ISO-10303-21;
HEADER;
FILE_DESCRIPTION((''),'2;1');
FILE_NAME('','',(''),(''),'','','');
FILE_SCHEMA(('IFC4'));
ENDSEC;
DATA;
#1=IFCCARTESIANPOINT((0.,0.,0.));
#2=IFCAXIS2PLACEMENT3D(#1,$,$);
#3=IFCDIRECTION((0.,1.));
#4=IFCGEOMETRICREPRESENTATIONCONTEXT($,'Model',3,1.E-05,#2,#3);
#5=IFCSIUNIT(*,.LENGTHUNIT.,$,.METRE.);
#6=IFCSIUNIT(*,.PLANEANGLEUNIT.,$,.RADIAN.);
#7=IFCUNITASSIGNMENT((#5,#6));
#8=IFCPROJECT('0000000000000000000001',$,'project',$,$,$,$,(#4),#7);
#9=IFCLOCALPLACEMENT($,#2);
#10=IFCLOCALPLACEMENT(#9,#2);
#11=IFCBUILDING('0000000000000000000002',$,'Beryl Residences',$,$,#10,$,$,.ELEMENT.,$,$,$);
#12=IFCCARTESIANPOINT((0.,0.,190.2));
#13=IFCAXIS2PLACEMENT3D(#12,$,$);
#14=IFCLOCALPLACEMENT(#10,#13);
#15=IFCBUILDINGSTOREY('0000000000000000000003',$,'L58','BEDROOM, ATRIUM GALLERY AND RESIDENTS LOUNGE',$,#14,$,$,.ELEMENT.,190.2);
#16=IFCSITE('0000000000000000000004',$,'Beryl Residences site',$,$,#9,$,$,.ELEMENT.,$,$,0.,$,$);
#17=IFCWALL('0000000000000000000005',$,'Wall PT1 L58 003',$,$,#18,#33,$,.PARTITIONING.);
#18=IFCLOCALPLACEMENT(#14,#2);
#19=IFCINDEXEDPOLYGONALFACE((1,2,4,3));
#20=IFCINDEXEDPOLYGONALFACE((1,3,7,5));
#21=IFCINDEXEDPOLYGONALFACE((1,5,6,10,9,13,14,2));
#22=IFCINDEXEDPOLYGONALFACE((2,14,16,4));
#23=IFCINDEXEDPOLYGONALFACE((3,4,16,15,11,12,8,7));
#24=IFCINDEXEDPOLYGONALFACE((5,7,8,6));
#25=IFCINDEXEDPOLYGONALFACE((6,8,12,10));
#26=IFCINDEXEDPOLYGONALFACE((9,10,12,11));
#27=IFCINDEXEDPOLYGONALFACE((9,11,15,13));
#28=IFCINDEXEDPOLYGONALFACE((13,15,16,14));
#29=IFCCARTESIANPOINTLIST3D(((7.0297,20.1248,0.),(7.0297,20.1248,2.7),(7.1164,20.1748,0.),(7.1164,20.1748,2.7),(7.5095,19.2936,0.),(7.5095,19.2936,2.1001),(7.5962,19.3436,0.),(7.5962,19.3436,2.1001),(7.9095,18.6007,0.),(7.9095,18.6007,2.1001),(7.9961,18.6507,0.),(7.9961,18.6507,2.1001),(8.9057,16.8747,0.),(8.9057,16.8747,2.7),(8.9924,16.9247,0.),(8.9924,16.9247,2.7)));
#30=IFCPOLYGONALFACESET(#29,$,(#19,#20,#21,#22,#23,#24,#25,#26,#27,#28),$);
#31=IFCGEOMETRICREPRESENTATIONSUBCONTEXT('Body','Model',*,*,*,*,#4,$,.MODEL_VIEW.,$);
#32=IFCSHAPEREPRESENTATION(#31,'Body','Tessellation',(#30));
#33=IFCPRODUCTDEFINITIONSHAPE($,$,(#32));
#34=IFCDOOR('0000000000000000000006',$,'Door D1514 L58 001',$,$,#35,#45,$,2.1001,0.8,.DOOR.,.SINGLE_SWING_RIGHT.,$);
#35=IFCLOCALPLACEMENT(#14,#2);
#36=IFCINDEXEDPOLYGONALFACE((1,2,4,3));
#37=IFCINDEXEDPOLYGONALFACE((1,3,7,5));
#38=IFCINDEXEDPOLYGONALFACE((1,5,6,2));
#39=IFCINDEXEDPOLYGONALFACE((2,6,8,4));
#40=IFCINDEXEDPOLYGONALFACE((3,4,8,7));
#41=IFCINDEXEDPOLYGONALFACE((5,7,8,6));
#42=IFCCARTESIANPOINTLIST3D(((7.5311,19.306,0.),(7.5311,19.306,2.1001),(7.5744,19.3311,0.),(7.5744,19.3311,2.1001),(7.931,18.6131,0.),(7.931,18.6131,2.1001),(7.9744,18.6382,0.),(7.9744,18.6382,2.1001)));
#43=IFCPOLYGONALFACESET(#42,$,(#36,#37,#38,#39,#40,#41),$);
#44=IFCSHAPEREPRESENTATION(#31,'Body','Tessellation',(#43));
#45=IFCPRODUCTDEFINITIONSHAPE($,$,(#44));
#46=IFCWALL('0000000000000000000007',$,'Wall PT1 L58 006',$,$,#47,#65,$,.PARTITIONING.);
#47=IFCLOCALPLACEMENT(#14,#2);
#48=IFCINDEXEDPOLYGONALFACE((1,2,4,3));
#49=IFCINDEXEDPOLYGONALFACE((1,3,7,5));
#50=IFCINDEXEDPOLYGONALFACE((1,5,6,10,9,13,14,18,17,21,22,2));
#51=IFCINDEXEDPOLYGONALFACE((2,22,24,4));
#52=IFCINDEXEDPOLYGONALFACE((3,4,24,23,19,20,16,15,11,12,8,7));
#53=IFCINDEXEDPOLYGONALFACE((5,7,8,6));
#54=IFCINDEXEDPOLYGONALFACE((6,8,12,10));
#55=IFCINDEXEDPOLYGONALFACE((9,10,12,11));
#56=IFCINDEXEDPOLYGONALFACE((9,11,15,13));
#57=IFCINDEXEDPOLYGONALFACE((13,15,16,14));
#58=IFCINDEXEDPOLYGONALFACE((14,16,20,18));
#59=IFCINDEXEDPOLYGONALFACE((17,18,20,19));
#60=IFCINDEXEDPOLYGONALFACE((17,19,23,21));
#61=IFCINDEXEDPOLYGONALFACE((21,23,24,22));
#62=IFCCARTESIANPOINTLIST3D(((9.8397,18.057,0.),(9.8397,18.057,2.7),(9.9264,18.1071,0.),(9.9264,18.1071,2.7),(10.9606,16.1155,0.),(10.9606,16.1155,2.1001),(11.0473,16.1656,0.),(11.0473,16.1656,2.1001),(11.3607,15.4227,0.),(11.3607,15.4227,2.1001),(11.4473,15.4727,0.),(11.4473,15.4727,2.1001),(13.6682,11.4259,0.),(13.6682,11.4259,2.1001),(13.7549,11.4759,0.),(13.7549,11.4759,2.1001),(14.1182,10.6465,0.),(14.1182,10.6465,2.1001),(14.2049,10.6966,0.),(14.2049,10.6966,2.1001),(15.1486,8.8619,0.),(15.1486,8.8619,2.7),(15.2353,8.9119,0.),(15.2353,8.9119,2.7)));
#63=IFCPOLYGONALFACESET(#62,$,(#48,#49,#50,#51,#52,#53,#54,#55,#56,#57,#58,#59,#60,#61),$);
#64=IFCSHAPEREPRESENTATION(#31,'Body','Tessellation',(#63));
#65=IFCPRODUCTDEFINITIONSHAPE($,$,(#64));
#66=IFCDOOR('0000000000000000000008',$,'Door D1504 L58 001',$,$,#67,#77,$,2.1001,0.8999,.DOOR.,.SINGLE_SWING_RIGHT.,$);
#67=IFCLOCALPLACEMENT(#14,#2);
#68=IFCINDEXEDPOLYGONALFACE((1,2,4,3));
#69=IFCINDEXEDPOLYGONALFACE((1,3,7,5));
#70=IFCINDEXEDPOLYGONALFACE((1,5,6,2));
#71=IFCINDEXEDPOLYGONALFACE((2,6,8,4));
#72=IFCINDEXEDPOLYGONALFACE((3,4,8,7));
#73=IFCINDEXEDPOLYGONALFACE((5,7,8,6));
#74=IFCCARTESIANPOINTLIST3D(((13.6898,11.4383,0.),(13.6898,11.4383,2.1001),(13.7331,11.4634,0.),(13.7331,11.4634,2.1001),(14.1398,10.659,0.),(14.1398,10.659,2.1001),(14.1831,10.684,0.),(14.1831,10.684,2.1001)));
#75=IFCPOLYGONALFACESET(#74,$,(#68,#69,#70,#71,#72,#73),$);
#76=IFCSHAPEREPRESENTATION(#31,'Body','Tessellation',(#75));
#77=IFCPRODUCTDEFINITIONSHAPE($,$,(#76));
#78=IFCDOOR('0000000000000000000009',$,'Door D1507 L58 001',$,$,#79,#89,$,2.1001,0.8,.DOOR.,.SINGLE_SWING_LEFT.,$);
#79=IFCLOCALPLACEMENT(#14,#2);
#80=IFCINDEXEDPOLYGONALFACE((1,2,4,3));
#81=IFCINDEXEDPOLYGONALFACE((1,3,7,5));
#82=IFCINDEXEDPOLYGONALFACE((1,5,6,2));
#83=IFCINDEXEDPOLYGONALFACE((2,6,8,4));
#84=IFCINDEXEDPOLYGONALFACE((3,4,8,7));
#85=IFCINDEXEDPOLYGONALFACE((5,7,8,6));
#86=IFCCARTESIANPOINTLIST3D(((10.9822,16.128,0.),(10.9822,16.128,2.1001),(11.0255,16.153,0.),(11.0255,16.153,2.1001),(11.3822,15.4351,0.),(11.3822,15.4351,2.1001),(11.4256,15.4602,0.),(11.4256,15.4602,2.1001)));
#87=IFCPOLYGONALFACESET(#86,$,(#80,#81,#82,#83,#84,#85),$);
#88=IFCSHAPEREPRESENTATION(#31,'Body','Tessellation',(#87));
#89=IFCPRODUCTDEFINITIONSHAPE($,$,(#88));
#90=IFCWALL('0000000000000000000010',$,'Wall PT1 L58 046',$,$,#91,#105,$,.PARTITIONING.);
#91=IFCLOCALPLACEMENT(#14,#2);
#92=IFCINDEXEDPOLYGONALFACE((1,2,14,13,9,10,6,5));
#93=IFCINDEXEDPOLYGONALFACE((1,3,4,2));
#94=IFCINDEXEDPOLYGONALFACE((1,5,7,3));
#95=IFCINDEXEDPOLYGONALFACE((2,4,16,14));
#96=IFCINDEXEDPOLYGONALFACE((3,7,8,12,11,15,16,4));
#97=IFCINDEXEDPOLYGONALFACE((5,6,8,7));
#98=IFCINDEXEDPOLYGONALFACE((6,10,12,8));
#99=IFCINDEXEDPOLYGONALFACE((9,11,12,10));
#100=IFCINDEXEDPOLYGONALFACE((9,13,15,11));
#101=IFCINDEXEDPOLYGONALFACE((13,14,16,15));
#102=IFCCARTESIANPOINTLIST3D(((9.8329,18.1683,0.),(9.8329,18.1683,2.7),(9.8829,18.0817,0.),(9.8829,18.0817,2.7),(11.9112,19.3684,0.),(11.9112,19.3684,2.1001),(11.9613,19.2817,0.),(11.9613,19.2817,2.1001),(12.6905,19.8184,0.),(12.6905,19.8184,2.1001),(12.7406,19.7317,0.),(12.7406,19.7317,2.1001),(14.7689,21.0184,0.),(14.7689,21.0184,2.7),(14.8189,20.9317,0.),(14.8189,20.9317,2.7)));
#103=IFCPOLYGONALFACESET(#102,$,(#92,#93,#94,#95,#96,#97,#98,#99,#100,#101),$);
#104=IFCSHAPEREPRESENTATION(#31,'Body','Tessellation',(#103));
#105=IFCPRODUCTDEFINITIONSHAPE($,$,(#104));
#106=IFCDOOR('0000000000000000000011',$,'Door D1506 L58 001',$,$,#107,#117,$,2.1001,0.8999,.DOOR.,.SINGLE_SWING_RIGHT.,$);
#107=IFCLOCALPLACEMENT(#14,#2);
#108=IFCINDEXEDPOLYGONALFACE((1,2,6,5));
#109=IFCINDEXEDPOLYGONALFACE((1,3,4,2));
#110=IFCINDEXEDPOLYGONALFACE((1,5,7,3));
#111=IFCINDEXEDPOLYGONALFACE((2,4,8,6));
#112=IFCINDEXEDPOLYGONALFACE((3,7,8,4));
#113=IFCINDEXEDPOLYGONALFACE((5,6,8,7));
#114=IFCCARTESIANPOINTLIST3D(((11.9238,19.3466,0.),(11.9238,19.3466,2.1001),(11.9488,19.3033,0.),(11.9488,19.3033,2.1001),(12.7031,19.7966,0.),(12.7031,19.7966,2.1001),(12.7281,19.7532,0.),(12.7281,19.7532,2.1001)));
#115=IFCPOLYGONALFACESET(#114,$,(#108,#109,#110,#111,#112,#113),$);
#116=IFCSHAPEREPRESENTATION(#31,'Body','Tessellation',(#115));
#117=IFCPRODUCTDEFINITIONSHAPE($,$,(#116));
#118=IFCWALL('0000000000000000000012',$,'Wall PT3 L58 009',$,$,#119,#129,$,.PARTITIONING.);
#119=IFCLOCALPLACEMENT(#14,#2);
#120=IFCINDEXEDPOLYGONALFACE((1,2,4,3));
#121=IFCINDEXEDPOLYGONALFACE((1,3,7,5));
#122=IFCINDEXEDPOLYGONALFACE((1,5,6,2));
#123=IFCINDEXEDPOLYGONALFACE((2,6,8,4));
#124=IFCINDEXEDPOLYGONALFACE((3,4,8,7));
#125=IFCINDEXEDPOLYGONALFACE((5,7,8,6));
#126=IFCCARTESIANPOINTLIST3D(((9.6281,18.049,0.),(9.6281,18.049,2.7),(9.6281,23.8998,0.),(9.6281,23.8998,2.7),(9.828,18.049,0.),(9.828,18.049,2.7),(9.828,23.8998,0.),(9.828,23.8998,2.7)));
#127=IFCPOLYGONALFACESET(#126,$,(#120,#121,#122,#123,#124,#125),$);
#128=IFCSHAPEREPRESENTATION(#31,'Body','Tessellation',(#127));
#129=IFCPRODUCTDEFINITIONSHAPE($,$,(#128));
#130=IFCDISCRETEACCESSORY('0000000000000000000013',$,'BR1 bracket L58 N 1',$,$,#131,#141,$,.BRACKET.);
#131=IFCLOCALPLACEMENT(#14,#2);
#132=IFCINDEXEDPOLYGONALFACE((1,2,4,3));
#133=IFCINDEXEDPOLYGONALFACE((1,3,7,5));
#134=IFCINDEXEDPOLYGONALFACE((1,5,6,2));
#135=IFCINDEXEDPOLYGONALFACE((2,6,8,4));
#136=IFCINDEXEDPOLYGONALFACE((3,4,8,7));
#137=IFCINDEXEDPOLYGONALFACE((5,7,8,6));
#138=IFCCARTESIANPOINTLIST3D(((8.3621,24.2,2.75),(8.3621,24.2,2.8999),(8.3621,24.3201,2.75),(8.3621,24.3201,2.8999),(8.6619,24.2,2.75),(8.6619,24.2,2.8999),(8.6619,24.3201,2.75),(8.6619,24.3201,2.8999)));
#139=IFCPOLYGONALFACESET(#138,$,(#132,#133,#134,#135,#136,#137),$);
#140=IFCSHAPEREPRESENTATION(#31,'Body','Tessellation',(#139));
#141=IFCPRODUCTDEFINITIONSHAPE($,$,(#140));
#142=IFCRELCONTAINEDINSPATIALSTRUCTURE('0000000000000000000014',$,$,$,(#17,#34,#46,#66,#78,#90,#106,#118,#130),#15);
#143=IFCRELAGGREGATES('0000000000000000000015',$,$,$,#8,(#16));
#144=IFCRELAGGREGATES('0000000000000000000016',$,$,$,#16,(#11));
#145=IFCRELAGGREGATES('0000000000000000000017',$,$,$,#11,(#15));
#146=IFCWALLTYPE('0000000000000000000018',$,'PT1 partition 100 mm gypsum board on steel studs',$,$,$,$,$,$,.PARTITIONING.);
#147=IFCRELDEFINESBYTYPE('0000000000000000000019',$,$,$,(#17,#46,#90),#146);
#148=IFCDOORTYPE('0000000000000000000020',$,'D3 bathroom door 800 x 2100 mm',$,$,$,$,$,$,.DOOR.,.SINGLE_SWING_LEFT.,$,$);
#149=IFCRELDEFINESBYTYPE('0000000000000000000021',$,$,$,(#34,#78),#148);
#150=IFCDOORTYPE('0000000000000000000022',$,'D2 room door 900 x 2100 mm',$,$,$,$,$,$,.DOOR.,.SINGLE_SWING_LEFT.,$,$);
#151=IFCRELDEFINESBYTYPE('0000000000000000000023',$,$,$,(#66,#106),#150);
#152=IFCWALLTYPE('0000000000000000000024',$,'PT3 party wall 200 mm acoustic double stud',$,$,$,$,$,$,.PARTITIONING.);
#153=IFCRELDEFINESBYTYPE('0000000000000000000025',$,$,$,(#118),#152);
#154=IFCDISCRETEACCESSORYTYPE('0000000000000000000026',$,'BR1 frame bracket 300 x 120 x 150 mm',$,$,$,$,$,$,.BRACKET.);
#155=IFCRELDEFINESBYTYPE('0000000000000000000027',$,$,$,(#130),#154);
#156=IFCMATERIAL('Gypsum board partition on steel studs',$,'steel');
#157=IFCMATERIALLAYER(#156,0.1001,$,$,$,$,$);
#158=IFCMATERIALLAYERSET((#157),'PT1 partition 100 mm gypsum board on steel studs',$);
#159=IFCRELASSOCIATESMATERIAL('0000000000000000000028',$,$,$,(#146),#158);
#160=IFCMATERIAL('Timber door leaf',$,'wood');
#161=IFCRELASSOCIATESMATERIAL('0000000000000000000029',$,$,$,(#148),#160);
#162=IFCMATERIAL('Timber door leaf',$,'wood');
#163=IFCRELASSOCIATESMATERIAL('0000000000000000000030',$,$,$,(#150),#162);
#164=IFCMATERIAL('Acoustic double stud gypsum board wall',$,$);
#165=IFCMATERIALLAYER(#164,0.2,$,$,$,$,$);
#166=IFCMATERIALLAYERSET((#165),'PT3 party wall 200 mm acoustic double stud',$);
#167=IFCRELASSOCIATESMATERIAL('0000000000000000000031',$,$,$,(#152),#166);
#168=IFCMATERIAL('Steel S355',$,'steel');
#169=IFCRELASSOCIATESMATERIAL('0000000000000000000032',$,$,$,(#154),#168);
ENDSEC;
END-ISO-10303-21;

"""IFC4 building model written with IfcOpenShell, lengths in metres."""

from ifc_helpers import new_model, si_unit, direction, frame, frame_2d, origin, place, context, subcontext, project, spatial, polyline, rectangle, outline, extrude, source, transform, mapped, material, layer, layer_set, type_object, type_shapes, element, fill, save


model = new_model("IFC4")

# Units and contexts
model_context = context("Model", 3, precision=1e-05, world=origin(), true_north=direction((0.0, 1.0)))
body_context = subcontext(model_context, "Body", "Model", "MODEL_VIEW")
ifc_project = project(units=[si_unit("LENGTHUNIT", "METRE"), si_unit("PLANEANGLEUNIT", "RADIAN")], contexts=[model_context])

# Site, building, storey
site_placement = place(None, origin())
site = spatial("IfcSite", under=ifc_project, at=site_placement, Name="Beryl Residences site", CompositionType="ELEMENT", RefElevation=0.0)
building_placement = place(site_placement, origin())
building = spatial("IfcBuilding", under=site, at=building_placement, Name="Beryl Residences", CompositionType="ELEMENT")
storey_placement = place(building_placement, frame((0.0, 0.0, 190.2)))
storey = spatial("IfcBuildingStorey", under=building, at=storey_placement, Name="L58", Description="BEDROOM, ATRIUM GALLERY AND RESIDENTS LOUNGE", CompositionType="ELEMENT", Elevation=190.2)

# Wall, opening, door
ifc_material_1 = material(Name="Gypsum board partition on steel studs", Category="steel")
ifc_layer_1 = layer(ifc_material_1, 0.1001)
ifc_layer_set_1 = layer_set([ifc_layer_1], Name="PT1 partition 100 mm gypsum board on steel studs")
wall_type_1 = type_object("IfcWallType", Name="PT1 partition 100 mm gypsum board on steel studs", PredefinedType="PARTITIONING", material=ifc_layer_set_1)
wall_1_placement = place(storey_placement, frame((7.073, 20.1499, 0.0), z_axis=(0.0, 0.0, 1.0), x_axis=(0.499918, -0.866073, 0.0)))
wall_1 = element("IfcWall", 1, at=wall_1_placement, inside=storey, type_object=wall_type_1, Name="Wall PT1 L58 003", PredefinedType="PARTITIONING", context=body_context, shape_type="SweptSolid", body=[
    extrude(rectangle(XDim=3.7527, YDim=0.1001, at=frame_2d((1.8765, 0.0))), origin(), (0.0, 0.0, 1.0), 2.7),
])
opening_1_placement = place(wall_1_placement, frame((0.96, 0.0, 0.0)))
opening_1 = element("IfcOpeningElement", 2, at=opening_1_placement, cuts=wall_1, PredefinedType="OPENING", context=body_context, shape_type="SweptSolid", body=[
    extrude(rectangle(XDim=0.8, YDim=2.1001, at=frame_2d((0.3999, 1.05))), frame((0.0, 0.0601, 0.0), z_axis=(0.0, -1.0, 0.0), x_axis=(1.0, 0.0, 0.0)), (0.0, 0.0, 1.0), 0.1201),
])
ifc_material_2 = material(Name="Timber door leaf", Category="wood")
door_type_1 = type_object("IfcDoorType", Name="D3 bathroom door 800 x 2100 mm", OperationType="SINGLE_SWING_LEFT", PredefinedType="DOOR", material=ifc_material_2)
door_1_placement = place(opening_1_placement, origin())
door_1 = element("IfcDoor", 3, at=door_1_placement, inside=storey, type_object=door_type_1, Name="Door D1514 L58 001", OperationType="SINGLE_SWING_RIGHT", OverallHeight=2.1001, OverallWidth=0.8, PredefinedType="DOOR", context=body_context, shape_type="SweptSolid", body=[
    extrude(rectangle(XDim=0.8, YDim=2.1001, at=frame_2d((0.3999, 1.05))), frame((0.0, 0.0249, 0.0), z_axis=(0.0, -1.0, 0.0), x_axis=(1.0, 0.0, 0.0)), (0.0, 0.0, 1.0), 0.05),
])
fill(opening_1, door_1)

# Wall, openings, doors
wall_2_placement = place(storey_placement, frame((9.8831, 18.082, 0.0), z_axis=(0.0, 0.0, 1.0), x_axis=(0.500004, -0.866023, 0.0)))
wall_2 = element("IfcWall", 4, at=wall_2_placement, inside=storey, type_object=wall_type_1, Name="Wall PT1 L58 006", PredefinedType="PARTITIONING", context=body_context, shape_type="SweptSolid", body=[
    extrude(rectangle(XDim=10.6177, YDim=0.1001, at=frame_2d((5.3088, 0.0))), origin(), (0.0, 0.0, 1.0), 2.7),
])
opening_2_placement = place(wall_2_placement, frame((7.657, 0.0, 0.0)))
opening_2 = element("IfcOpeningElement", 5, at=opening_2_placement, cuts=wall_2, PredefinedType="OPENING", context=body_context, shape_type="SweptSolid", body=[
    extrude(rectangle(XDim=0.8999, YDim=2.1001, at=frame_2d((0.45, 1.05))), frame((0.0, 0.0601, 0.0), z_axis=(0.0, -1.0, 0.0), x_axis=(1.0, 0.0, 0.0)), (0.0, 0.0, 1.0), 0.1201),
])
opening_3_placement = place(wall_2_placement, frame((2.2419, 0.0, 0.0)))
opening_3 = element("IfcOpeningElement", 6, at=opening_3_placement, cuts=wall_2, PredefinedType="OPENING", context=body_context, shape_type="SweptSolid", body=[
    extrude(rectangle(XDim=0.8, YDim=2.1001, at=frame_2d((0.3999, 1.05))), frame((0.0, 0.0601, 0.0), z_axis=(0.0, -1.0, 0.0), x_axis=(1.0, 0.0, 0.0)), (0.0, 0.0, 1.0), 0.1201),
])
ifc_material_3 = material(Name="Timber door leaf", Category="wood")
door_type_2 = type_object("IfcDoorType", Name="D2 room door 900 x 2100 mm", OperationType="SINGLE_SWING_LEFT", PredefinedType="DOOR", material=ifc_material_3)
door_2_placement = place(opening_2_placement, origin())
door_2 = element("IfcDoor", 7, at=door_2_placement, inside=storey, type_object=door_type_2, Name="Door D1504 L58 001", OperationType="SINGLE_SWING_RIGHT", OverallHeight=2.1001, OverallWidth=0.8999, PredefinedType="DOOR", context=body_context, shape_type="SweptSolid", body=[
    extrude(rectangle(XDim=0.8999, YDim=2.1001, at=frame_2d((0.45, 1.05))), frame((0.0, 0.0249, 0.0), z_axis=(0.0, -1.0, 0.0), x_axis=(1.0, 0.0, 0.0)), (0.0, 0.0, 1.0), 0.05),
])
fill(opening_2, door_2)
door_3_placement = place(opening_3_placement, origin())
door_3 = element("IfcDoor", 8, at=door_3_placement, inside=storey, type_object=door_type_1, Name="Door D1507 L58 001", OperationType="SINGLE_SWING_LEFT", OverallHeight=2.1001, OverallWidth=0.8, PredefinedType="DOOR", context=body_context, shape_type="SweptSolid", body=[
    extrude(rectangle(XDim=0.8, YDim=2.1001, at=frame_2d((0.3999, 1.05))), frame((0.0, 0.0249, 0.0), z_axis=(0.0, -1.0, 0.0), x_axis=(1.0, 0.0, 0.0)), (0.0, 0.0, 1.0), 0.05),
])
fill(opening_3, door_3)

# Wall, opening, door
wall_3_placement = place(storey_placement, frame((9.8579, 18.125, 0.0), z_axis=(0.0, 0.0, 1.0), x_axis=(0.866004, 0.500036, 0.0)))
wall_3 = element("IfcWall", 9, at=wall_3_placement, inside=storey, type_object=wall_type_1, Name="Wall PT1 L58 046", PredefinedType="PARTITIONING", context=body_context, shape_type="SweptSolid", body=[
    extrude(rectangle(XDim=5.6997, YDim=0.1001, at=frame_2d((2.8499, 0.0))), origin(), (0.0, 0.0, 1.0), 2.7),
])
opening_4_placement = place(wall_3_placement, frame((2.3999, 0.0, 0.0)))
opening_4 = element("IfcOpeningElement", 10, at=opening_4_placement, cuts=wall_3, PredefinedType="OPENING", context=body_context, shape_type="SweptSolid", body=[
    extrude(rectangle(XDim=0.8999, YDim=2.1001, at=frame_2d((0.45, 1.05))), frame((0.0, 0.0601, 0.0), z_axis=(0.0, -1.0, 0.0), x_axis=(1.0, 0.0, 0.0)), (0.0, 0.0, 1.0), 0.1201),
])
door_4_placement = place(opening_4_placement, origin())
door_4 = element("IfcDoor", 11, at=door_4_placement, inside=storey, type_object=door_type_2, Name="Door D1506 L58 001", OperationType="SINGLE_SWING_RIGHT", OverallHeight=2.1001, OverallWidth=0.8999, PredefinedType="DOOR", context=body_context, shape_type="SweptSolid", body=[
    extrude(rectangle(XDim=0.8999, YDim=2.1001, at=frame_2d((0.45, 1.05))), frame((0.0, 0.0249, 0.0), z_axis=(0.0, -1.0, 0.0), x_axis=(1.0, 0.0, 0.0)), (0.0, 0.0, 1.0), 0.05),
])
fill(opening_4, door_4)

# Wall
ifc_material_4 = material(Name="Acoustic double stud gypsum board wall")
ifc_layer_2 = layer(ifc_material_4, 0.2)
ifc_layer_set_2 = layer_set([ifc_layer_2], Name="PT3 party wall 200 mm acoustic double stud")
wall_type_2 = type_object("IfcWallType", Name="PT3 party wall 200 mm acoustic double stud", PredefinedType="PARTITIONING", material=ifc_layer_set_2)
wall_4_placement = place(storey_placement, frame((9.728, 18.0491, 0.0), z_axis=(0.0, 0.0, 1.0), x_axis=(0.0, 1.0, 0.0)))
element("IfcWall", 12, at=wall_4_placement, inside=storey, type_object=wall_type_2, Name="Wall PT3 L58 009", PredefinedType="PARTITIONING", context=body_context, shape_type="SweptSolid", body=[
    extrude(rectangle(XDim=5.8508, YDim=0.2, at=frame_2d((2.9253, 0.0))), origin(), (0.0, 0.0, 1.0), 2.7),
])

# Discrete accessory
ifc_material_5 = material(Name="Steel S355", Category="steel")
discrete_accessory_type = type_object("IfcDiscreteAccessoryType", Name="BR1 frame bracket 300 x 120 x 150 mm", PredefinedType="BRACKET", material=ifc_material_5)
shared_shape_1 = source(origin(), body_context, "Body", "SweptSolid", [
    extrude(outline(polyline([(-0.1499, 0.0), (0.1499, 0.0), (0.1499, 0.1201), (-0.1499, 0.1201), (-0.1499, 0.0)])), origin(), (0.0, 0.0, 1.0), 0.1499),
])
type_shapes(discrete_accessory_type, [shared_shape_1])
discrete_accessory_placement = place(storey_placement, frame((8.512, 24.2, 2.75), z_axis=(0.0, 0.0, 1.0), x_axis=(1.0, 0.0, 0.0)))
element("IfcDiscreteAccessory", 13, at=discrete_accessory_placement, inside=storey, type_object=discrete_accessory_type, Name="BR1 bracket L58 N 1", PredefinedType="BRACKET", context=body_context, shape_type="MappedRepresentation", body=[
    mapped(shared_shape_1, transform((0.0, 0.0, 0.0))),
])

save(model, "model.ifc")
